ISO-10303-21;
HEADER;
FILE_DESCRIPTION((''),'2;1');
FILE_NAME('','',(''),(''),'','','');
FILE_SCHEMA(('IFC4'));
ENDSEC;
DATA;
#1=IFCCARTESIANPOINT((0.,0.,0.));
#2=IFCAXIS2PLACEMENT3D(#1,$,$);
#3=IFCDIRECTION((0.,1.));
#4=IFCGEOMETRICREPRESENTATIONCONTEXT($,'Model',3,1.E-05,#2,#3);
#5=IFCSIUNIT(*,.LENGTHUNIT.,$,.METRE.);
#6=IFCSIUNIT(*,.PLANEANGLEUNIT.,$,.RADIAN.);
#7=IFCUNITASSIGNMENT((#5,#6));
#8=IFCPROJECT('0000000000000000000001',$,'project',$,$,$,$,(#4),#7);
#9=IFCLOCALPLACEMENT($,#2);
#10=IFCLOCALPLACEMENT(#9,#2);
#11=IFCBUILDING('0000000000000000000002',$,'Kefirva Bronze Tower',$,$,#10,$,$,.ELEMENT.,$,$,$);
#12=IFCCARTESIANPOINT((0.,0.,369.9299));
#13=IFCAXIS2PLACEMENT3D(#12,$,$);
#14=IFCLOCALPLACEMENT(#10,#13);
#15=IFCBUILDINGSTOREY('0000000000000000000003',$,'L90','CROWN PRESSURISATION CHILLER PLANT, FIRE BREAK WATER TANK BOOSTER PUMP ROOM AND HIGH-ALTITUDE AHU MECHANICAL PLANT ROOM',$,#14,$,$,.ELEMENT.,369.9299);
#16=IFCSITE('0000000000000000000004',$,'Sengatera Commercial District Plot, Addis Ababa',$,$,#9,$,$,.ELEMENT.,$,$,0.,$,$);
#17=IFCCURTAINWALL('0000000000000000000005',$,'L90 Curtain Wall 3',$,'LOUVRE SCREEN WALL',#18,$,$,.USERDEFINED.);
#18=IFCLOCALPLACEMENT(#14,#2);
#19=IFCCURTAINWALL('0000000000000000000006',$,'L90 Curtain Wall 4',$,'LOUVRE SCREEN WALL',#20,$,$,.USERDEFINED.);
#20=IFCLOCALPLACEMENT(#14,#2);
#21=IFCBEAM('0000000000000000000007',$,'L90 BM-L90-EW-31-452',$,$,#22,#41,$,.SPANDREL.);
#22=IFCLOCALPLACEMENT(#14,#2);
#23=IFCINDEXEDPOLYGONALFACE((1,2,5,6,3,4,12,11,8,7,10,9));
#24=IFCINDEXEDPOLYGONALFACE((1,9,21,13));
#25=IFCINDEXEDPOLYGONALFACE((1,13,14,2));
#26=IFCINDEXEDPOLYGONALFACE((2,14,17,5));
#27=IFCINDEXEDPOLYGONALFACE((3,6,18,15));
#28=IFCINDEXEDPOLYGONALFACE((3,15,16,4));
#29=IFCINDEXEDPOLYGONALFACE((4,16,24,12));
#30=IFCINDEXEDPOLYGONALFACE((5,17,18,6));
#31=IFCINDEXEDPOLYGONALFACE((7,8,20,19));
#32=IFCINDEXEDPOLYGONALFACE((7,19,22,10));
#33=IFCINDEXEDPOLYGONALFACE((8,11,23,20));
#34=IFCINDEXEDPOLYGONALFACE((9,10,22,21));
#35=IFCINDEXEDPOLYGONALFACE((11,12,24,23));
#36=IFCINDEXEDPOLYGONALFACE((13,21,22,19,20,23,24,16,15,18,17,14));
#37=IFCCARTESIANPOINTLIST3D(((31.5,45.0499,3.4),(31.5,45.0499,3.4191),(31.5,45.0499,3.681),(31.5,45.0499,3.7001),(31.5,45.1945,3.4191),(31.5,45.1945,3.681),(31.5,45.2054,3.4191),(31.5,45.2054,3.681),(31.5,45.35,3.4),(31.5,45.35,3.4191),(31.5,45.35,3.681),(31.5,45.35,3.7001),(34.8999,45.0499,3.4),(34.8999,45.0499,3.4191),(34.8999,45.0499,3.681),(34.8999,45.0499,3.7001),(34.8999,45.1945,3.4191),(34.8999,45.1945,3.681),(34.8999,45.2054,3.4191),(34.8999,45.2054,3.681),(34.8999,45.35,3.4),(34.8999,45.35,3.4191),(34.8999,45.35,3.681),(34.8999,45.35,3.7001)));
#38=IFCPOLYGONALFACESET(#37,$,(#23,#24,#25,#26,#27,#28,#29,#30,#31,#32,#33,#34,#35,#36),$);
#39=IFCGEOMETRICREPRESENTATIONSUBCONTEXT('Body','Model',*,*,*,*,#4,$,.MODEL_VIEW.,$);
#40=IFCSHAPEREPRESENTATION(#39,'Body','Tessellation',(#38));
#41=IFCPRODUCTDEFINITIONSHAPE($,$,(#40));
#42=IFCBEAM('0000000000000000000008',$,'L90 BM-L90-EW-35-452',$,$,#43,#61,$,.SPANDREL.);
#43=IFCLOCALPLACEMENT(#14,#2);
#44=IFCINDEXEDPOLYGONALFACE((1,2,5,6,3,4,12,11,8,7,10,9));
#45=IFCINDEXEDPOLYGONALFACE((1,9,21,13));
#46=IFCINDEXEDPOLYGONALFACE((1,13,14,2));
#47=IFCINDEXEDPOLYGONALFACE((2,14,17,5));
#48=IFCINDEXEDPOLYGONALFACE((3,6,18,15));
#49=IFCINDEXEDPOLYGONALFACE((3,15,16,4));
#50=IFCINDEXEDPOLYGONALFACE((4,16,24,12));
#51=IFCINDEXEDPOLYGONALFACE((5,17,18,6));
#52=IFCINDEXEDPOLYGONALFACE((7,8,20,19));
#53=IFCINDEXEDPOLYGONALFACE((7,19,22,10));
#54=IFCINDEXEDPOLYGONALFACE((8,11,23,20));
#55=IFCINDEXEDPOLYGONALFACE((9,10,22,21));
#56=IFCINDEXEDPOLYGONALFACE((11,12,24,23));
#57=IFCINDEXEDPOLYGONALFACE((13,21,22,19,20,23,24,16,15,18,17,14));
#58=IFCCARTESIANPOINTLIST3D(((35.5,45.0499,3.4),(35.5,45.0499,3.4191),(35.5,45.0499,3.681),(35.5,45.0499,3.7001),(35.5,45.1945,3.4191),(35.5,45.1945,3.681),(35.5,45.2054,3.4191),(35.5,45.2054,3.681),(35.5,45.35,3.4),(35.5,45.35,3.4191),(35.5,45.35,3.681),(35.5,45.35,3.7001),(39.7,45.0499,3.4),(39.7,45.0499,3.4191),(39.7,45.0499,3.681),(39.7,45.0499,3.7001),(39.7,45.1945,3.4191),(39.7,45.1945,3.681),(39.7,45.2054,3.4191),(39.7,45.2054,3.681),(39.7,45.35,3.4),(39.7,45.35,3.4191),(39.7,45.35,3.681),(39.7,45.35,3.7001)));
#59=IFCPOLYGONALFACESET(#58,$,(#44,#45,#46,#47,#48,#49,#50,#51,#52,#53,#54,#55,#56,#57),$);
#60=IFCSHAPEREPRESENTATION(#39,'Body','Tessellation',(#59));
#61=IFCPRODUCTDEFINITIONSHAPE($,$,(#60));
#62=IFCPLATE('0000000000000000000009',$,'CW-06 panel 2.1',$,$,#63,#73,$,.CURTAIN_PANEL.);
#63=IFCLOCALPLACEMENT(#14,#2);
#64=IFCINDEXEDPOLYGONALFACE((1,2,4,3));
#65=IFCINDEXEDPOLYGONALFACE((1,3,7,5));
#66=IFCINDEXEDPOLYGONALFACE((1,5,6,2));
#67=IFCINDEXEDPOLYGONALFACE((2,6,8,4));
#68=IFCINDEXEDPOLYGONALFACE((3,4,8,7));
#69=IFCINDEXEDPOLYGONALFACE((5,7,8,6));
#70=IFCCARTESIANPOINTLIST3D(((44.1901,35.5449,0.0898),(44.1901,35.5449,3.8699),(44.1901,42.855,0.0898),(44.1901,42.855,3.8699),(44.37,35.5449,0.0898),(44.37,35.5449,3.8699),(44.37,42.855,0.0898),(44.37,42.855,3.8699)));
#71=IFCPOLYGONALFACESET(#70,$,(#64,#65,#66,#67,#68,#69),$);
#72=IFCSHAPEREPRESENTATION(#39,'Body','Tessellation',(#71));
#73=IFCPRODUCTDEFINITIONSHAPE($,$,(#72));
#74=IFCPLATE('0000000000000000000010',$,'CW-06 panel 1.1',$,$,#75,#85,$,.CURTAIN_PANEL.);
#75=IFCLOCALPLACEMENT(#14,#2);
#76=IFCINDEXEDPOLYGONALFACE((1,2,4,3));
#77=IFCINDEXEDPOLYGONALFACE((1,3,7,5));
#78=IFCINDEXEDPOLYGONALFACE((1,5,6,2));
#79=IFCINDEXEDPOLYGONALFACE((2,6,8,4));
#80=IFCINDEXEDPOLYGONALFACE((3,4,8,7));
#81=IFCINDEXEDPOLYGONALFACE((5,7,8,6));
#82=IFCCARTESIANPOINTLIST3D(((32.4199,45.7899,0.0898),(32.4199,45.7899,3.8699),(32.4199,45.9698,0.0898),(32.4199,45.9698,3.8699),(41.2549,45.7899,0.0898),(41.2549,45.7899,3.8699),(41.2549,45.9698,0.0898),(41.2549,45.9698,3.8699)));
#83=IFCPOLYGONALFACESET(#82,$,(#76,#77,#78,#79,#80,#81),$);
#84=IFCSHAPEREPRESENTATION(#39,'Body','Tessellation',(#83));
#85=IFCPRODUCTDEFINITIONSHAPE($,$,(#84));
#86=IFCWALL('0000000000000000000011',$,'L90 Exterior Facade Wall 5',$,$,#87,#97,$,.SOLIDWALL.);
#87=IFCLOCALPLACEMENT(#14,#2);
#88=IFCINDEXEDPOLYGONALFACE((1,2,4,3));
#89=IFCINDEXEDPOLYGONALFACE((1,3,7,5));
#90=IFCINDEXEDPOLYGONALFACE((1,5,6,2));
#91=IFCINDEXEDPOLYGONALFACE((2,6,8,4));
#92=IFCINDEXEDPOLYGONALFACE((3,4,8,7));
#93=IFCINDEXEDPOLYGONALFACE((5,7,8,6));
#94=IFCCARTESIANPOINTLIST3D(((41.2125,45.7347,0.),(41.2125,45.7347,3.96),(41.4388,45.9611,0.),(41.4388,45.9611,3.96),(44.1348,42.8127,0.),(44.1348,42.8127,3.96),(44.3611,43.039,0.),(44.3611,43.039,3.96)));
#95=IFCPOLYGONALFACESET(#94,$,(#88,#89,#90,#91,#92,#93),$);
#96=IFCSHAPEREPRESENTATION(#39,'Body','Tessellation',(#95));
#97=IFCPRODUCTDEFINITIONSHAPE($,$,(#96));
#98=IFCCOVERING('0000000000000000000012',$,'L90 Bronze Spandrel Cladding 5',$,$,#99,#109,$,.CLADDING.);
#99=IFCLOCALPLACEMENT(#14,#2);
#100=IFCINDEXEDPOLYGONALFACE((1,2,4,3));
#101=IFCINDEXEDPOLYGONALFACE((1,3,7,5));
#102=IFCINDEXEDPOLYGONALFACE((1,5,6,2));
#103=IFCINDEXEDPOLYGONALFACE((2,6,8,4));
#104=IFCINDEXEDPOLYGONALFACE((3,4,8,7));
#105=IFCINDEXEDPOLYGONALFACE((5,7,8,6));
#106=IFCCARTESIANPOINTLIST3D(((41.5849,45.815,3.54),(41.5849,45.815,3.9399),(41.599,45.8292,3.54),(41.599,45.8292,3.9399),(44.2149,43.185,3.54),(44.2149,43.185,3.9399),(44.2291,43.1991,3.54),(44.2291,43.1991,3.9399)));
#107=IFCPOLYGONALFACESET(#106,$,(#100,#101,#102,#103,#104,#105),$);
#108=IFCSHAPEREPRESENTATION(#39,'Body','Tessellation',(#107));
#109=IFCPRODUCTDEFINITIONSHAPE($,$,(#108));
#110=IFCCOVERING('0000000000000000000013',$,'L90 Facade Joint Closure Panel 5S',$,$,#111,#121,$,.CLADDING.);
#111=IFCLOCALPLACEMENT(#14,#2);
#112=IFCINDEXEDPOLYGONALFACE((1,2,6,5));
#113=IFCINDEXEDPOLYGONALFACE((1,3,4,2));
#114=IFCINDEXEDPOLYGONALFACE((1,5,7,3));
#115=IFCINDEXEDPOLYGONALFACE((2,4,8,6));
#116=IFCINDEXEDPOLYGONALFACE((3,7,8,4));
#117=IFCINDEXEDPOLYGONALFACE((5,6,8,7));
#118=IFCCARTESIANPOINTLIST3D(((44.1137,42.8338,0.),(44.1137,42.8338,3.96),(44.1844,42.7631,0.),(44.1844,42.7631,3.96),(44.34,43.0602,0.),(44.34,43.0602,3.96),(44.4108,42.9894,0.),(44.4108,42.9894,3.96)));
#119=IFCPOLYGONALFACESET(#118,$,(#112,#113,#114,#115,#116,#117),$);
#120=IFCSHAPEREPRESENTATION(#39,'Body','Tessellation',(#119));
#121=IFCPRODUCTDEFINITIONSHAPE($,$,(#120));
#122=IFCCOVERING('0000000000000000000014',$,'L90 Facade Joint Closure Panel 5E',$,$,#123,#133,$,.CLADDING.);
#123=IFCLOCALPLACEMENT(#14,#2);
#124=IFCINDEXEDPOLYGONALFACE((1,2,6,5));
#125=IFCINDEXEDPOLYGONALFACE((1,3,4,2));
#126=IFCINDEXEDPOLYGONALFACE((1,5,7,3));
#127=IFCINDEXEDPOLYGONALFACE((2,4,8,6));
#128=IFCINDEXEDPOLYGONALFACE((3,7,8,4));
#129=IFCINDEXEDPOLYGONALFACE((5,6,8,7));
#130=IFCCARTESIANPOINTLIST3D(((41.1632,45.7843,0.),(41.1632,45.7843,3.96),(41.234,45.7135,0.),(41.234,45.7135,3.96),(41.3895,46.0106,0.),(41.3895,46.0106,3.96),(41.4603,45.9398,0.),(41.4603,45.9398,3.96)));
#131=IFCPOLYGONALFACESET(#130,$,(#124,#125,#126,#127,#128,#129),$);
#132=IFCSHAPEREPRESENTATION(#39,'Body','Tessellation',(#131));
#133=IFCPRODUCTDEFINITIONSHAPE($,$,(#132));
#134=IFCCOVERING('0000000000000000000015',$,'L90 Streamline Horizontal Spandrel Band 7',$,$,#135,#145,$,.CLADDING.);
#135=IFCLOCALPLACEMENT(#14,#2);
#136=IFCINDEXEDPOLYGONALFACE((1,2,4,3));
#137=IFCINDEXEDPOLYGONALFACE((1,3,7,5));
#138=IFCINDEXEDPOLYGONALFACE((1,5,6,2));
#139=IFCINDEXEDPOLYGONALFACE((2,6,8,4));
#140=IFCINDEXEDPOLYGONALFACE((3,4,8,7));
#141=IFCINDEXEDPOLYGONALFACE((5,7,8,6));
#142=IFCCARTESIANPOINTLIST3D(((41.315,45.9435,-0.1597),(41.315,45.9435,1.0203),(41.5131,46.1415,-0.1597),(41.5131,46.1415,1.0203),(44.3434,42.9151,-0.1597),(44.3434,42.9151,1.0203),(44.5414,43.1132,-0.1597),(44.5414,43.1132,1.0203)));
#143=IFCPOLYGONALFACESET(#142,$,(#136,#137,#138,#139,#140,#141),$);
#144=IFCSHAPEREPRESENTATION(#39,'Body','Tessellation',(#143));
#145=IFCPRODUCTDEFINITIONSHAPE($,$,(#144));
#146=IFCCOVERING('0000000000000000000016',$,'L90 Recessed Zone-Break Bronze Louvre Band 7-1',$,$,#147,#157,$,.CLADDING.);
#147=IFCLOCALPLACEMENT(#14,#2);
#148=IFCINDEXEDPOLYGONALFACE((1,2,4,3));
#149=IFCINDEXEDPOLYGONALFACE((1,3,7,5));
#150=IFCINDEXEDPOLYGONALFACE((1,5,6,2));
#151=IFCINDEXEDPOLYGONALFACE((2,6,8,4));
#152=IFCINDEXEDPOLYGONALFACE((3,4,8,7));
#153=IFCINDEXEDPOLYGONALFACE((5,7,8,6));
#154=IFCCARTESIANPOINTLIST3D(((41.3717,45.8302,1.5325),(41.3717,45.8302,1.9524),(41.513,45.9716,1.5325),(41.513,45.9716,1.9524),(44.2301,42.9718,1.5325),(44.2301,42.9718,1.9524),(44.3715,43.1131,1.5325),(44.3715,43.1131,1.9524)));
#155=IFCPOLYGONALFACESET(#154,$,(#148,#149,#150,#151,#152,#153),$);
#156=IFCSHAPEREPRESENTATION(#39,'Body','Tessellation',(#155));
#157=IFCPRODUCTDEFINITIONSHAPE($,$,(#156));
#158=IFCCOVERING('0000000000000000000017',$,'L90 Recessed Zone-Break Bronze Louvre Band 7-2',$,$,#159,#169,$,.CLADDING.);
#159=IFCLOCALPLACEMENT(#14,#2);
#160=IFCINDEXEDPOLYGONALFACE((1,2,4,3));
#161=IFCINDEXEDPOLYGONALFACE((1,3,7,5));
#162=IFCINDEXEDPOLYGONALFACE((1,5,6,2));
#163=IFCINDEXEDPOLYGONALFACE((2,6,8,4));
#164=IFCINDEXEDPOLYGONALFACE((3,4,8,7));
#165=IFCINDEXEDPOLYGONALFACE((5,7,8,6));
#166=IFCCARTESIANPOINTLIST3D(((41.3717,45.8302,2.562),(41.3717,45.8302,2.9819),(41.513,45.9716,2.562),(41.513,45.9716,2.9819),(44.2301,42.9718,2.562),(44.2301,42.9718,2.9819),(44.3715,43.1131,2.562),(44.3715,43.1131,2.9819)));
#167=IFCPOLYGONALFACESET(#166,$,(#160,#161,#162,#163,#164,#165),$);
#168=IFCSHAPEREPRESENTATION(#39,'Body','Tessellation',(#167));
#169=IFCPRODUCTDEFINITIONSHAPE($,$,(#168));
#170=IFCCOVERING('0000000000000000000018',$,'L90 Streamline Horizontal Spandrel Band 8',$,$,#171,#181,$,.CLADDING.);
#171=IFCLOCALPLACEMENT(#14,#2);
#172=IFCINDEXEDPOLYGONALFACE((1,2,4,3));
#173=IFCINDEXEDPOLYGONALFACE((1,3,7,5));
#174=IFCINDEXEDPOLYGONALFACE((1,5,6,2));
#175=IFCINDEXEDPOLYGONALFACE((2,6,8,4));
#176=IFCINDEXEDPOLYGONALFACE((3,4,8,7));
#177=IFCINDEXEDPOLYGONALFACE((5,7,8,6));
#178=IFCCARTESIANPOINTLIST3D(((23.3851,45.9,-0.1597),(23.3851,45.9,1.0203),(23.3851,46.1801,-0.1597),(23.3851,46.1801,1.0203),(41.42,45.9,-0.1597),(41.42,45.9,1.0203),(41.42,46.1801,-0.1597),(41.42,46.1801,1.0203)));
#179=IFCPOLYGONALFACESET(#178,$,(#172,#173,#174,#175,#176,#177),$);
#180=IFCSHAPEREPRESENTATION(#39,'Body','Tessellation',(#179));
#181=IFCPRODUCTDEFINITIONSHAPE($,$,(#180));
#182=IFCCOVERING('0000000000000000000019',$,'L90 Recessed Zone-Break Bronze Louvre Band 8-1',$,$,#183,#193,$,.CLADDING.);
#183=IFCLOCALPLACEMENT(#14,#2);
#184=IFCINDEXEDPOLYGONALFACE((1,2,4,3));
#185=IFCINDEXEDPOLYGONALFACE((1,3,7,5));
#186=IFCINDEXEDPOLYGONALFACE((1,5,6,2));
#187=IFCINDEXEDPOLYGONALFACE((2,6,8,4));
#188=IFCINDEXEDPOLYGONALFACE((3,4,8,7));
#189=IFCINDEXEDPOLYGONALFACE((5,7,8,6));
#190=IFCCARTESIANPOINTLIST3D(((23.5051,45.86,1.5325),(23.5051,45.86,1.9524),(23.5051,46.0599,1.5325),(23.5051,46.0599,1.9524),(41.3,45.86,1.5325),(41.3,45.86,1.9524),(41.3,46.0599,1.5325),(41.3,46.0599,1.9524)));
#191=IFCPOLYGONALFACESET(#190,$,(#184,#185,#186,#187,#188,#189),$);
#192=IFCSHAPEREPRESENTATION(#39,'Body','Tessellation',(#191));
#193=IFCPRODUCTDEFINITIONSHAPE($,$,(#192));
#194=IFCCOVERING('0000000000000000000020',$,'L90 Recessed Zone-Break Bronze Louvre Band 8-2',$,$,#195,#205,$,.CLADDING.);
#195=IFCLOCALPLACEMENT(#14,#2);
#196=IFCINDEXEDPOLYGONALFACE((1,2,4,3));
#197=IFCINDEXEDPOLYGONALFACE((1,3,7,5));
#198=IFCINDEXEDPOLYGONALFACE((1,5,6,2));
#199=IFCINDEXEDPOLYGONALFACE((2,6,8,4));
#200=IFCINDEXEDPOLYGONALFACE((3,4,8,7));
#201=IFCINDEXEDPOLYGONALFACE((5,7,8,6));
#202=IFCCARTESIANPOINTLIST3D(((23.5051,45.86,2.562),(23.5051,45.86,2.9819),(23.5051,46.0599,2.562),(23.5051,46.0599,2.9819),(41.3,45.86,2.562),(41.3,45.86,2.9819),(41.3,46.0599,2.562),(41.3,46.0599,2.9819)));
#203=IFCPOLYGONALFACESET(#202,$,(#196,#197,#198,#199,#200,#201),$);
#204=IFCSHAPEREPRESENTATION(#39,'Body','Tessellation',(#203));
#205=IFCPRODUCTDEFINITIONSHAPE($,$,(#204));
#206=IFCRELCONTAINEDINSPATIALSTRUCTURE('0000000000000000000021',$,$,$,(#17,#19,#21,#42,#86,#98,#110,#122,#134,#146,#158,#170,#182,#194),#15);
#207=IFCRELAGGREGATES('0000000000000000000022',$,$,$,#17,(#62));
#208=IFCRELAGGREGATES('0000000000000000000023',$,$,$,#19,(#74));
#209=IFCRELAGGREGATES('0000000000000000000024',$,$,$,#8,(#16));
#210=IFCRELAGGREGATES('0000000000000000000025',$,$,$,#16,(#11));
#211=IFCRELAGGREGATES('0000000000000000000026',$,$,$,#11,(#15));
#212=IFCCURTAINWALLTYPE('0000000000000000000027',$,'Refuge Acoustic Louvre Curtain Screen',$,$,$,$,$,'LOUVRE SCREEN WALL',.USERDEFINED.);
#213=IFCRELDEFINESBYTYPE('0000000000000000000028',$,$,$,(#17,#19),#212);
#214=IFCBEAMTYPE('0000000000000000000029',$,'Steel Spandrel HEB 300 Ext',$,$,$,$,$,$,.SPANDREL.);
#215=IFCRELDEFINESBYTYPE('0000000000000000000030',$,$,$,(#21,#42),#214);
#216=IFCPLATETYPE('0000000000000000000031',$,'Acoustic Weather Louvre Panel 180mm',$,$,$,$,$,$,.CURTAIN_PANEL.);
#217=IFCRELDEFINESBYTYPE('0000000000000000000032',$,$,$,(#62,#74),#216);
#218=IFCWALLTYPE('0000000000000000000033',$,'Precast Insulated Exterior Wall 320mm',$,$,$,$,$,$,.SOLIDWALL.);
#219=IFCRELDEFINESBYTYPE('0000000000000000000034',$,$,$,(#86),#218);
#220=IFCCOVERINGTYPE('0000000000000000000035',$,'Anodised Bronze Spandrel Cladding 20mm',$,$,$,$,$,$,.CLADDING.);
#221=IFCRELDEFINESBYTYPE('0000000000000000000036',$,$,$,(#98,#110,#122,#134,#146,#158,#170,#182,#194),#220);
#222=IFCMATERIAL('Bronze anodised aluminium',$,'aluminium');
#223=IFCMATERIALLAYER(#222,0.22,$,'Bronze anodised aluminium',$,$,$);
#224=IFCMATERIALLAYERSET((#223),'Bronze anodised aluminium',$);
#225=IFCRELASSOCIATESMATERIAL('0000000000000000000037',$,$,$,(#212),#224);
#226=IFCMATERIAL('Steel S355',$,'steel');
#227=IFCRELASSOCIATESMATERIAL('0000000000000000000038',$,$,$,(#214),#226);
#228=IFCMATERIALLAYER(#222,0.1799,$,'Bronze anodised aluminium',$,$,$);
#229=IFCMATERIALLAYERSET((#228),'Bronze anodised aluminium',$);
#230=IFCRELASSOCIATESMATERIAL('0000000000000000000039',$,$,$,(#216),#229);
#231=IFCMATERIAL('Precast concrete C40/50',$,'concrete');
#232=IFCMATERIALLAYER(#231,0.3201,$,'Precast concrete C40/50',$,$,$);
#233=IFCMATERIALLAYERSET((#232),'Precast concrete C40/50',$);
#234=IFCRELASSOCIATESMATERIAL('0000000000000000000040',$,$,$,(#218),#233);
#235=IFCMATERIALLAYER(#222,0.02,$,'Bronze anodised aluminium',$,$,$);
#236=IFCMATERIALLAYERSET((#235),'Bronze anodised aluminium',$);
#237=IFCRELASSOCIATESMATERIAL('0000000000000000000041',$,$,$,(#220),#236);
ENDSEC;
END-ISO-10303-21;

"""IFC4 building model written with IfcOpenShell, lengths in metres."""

from ifc_helpers import new_model, si_unit, direction, frame, frame_2d, origin, origin_2d, place, context, subcontext, project, spatial, rectangle, i_section, extrude, material, layer, layer_set, material_profile, profile_set, type_object, element, aggregate, save


model = new_model("IFC4")

# Units and contexts
model_context = context("Model", 3, precision=1e-05, world=origin(), true_north=direction((0.0, 1.0)))
body_context = subcontext(model_context, "Body", "Model", "MODEL_VIEW")
ifc_project = project(units=[si_unit("LENGTHUNIT", "METRE"), si_unit("PLANEANGLEUNIT", "RADIAN")], contexts=[model_context])

# Site, building, storey
site_placement = place(None, origin())
site = spatial("IfcSite", under=ifc_project, at=site_placement, Name="Sengatera Commercial District Plot, Addis Ababa", CompositionType="ELEMENT", RefElevation=0.0)
building_placement = place(site_placement, origin())
building = spatial("IfcBuilding", under=site, at=building_placement, Name="Kefirva Bronze Tower", CompositionType="ELEMENT")
storey_placement = place(building_placement, frame((0.0, 0.0, 369.9299)))
storey = spatial("IfcBuildingStorey", under=building, at=storey_placement, Name="L90", Description="CROWN PRESSURISATION CHILLER PLANT, FIRE BREAK WATER TANK BOOSTER PUMP ROOM AND HIGH-ALTITUDE AHU MECHANICAL PLANT ROOM", CompositionType="ELEMENT", Elevation=369.9299)

# Curtain wall
ifc_material_1 = material(Name="Bronze anodised aluminium", Category="aluminium")
ifc_layer_1 = layer(ifc_material_1, 0.22, Name="Bronze anodised aluminium")
ifc_layer_set_1 = layer_set([ifc_layer_1], Name="Bronze anodised aluminium")
curtain_wall_type = type_object("IfcCurtainWallType", Name="Refuge Acoustic Louvre Curtain Screen", ElementType="LOUVRE SCREEN WALL", PredefinedType="USERDEFINED", material=ifc_layer_set_1)
curtain_wall_1_placement = place(storey_placement, origin())
curtain_wall_1 = element("IfcCurtainWall", 1, at=curtain_wall_1_placement, inside=storey, type_object=curtain_wall_type, Name="L90 Curtain Wall 3", ObjectType="LOUVRE SCREEN WALL", PredefinedType="USERDEFINED")

# Curtain wall
curtain_wall_2_placement = place(storey_placement, origin())
curtain_wall_2 = element("IfcCurtainWall", 2, at=curtain_wall_2_placement, inside=storey, type_object=curtain_wall_type, Name="L90 Curtain Wall 4", ObjectType="LOUVRE SCREEN WALL", PredefinedType="USERDEFINED")

# Beams
ifc_material_2 = material(Name="Steel S355", Category="steel")
ifc_material_profile_1 = material_profile(ifc_material_2, i_section(OverallWidth=0.3, OverallDepth=0.3, WebThickness=0.011, FlangeThickness=0.019, at=origin_2d()), Name="HEB 300")
ifc_profile_set_1 = profile_set([ifc_material_profile_1], Name="Steel S355")
beam_type_1 = type_object("IfcBeamType", Name="Steel Spandrel HEB 300 Ext", PredefinedType="SPANDREL", material=ifc_profile_set_1)
beam_1_placement = place(storey_placement, frame((31.5, 45.2, 3.55), z_axis=(1.0, 0.0, 0.0), x_axis=(0.0, 1.0, 0.0)))
element("IfcBeam", 3, at=beam_1_placement, inside=storey, type_object=beam_type_1, Name="L90 BM-L90-EW-31-452", PredefinedType="SPANDREL", context=body_context, shape_type="SweptSolid", body=[
    extrude(i_section(OverallWidth=0.3, OverallDepth=0.3, WebThickness=0.011, FlangeThickness=0.019, at=origin_2d()), origin(), (0.0, 0.0, 1.0), 3.3999),
])
beam_2_placement = place(storey_placement, frame((35.5, 45.2, 3.55), z_axis=(1.0, 0.0, 0.0), x_axis=(0.0, 1.0, 0.0)))
element("IfcBeam", 4, at=beam_2_placement, inside=storey, type_object=beam_type_1, Name="L90 BM-L90-EW-35-452", PredefinedType="SPANDREL", context=body_context, shape_type="SweptSolid", body=[
    extrude(i_section(OverallWidth=0.3, OverallDepth=0.3, WebThickness=0.011, FlangeThickness=0.019, at=origin_2d()), origin(), (0.0, 0.0, 1.0), 4.2),
])

# Plates
ifc_layer_2 = layer(ifc_material_1, 0.1799, Name="Bronze anodised aluminium")
ifc_layer_set_2 = layer_set([ifc_layer_2], Name="Bronze anodised aluminium")
plate_type = type_object("IfcPlateType", Name="Acoustic Weather Louvre Panel 180mm", PredefinedType="CURTAIN_PANEL", material=ifc_layer_set_2)
plate_1_placement = place(storey_placement, frame((44.28, 39.2, 0.0898), z_axis=(0.0, 0.0, 1.0), x_axis=(0.0, 1.0, 0.0)))
plate_1 = element("IfcPlate", 5, at=plate_1_placement, type_object=plate_type, Name="CW-06 panel 2.1", PredefinedType="CURTAIN_PANEL", context=body_context, shape_type="SweptSolid", body=[
    extrude(rectangle(XDim=7.3101, YDim=0.1799, at=origin_2d()), origin(), (0.0, 0.0, 1.0), 3.78),
])
aggregate(curtain_wall_1, [plate_1])
plate_2_placement = place(storey_placement, frame((36.8374, 45.8799, 0.0898), z_axis=(0.0, 0.0, 1.0), x_axis=(-1.0, 0.0, 0.0)))
plate_2 = element("IfcPlate", 6, at=plate_2_placement, type_object=plate_type, Name="CW-06 panel 1.1", PredefinedType="CURTAIN_PANEL", context=body_context, shape_type="SweptSolid", body=[
    extrude(rectangle(XDim=8.835, YDim=0.1799, at=origin_2d()), origin(), (0.0, 0.0, 1.0), 3.78),
])
aggregate(curtain_wall_2, [plate_2])

# Wall
ifc_material_3 = material(Name="Precast concrete C40/50", Category="concrete")
ifc_layer_3 = layer(ifc_material_3, 0.3201, Name="Precast concrete C40/50")
ifc_layer_set_3 = layer_set([ifc_layer_3], Name="Precast concrete C40/50")
wall_type = type_object("IfcWallType", Name="Precast Insulated Exterior Wall 320mm", PredefinedType="SOLIDWALL", material=ifc_layer_set_3)
wall_placement = place(storey_placement, frame((44.248, 42.9258, 0.0), z_axis=(0.0, 0.0, 1.0), x_axis=(-0.707136, 0.707077, 0.0)))
element("IfcWall", 7, at=wall_placement, inside=storey, type_object=wall_type, Name="L90 Exterior Facade Wall 5", PredefinedType="SOLIDWALL", context=body_context, shape_type="SweptSolid", body=[
    extrude(rectangle(XDim=4.1326, YDim=0.3201, at=frame_2d((2.0664, 0.0))), origin(), (0.0, 0.0, 1.0), 3.96),
])

# Coverings
ifc_layer_4 = layer(ifc_material_1, 0.02, Name="Bronze anodised aluminium")
ifc_layer_set_4 = layer_set([ifc_layer_4], Name="Bronze anodised aluminium")
covering_type_1 = type_object("IfcCoveringType", Name="Anodised Bronze Spandrel Cladding 20mm", PredefinedType="CLADDING", material=ifc_layer_set_4)
covering_1_placement = place(storey_placement, frame((42.907, 44.5071, 3.54), z_axis=(0.0, 0.0, 1.0), x_axis=(-0.707107, 0.707107, 0.0)))
element("IfcCovering", 8, at=covering_1_placement, inside=storey, type_object=covering_type_1, Name="L90 Bronze Spandrel Cladding 5", PredefinedType="CLADDING", context=body_context, shape_type="SweptSolid", body=[
    extrude(rectangle(XDim=3.7195, YDim=0.02, at=origin_2d()), origin(), (0.0, 0.0, 1.0), 0.3999),
])
for number, where, z_axis, x_axis, name in (
    (9, (44.2622, 42.9116, 0.0), (0.0, 0.0, 1.0), (-0.707107, 0.707107, 0.0), "L90 Facade Joint Closure Panel 5S"),
    (10, (41.3118, 45.8621, 0.0), (0.0, 0.0, 1.0), (-0.707107, 0.707107, 0.0), "L90 Facade Joint Closure Panel 5E"),
):
    element("IfcCovering", number, at=place(storey_placement, frame(where, z_axis=z_axis, x_axis=x_axis)), inside=storey, type_object=covering_type_1, Name=name, PredefinedType="CLADDING", context=body_context, shape_type="SweptSolid", body=[
        extrude(rectangle(XDim=0.1001, YDim=0.3201, at=origin_2d()), origin(), (0.0, 0.0, 1.0), 3.96),
    ])
covering_2_placement = place(storey_placement, frame((42.9282, 44.5283, -0.1597), z_axis=(0.0, 0.0, 1.0), x_axis=(-0.707107, 0.707107, 0.0)))
element("IfcCovering", 11, at=covering_2_placement, inside=storey, type_object=covering_type_1, Name="L90 Streamline Horizontal Spandrel Band 7", PredefinedType="CLADDING", context=body_context, shape_type="SweptSolid", body=[
    extrude(rectangle(XDim=4.2827, YDim=0.28, at=origin_2d()), origin(), (0.0, 0.0, 1.0), 1.1799),
])
for number, where, z_axis, x_axis, name in (
    (12, (42.8716, 44.4717, 1.5325), (0.0, 0.0, 1.0), (-0.707107, 0.707107, 0.0), "L90 Recessed Zone-Break Bronze Louvre Band 7-1"),
    (13, (42.8716, 44.4717, 2.562), (0.0, 0.0, 1.0), (-0.707107, 0.707107, 0.0), "L90 Recessed Zone-Break Bronze Louvre Band 7-2"),
):
    element("IfcCovering", number, at=place(storey_placement, frame(where, z_axis=z_axis, x_axis=x_axis)), inside=storey, type_object=covering_type_1, Name=name, PredefinedType="CLADDING", context=body_context, shape_type="SweptSolid", body=[
        extrude(rectangle(XDim=4.0425, YDim=0.2, at=origin_2d()), origin(), (0.0, 0.0, 1.0), 0.4199),
    ])
covering_3_placement = place(storey_placement, frame((32.4026, 46.04, -0.1597), z_axis=(0.0, 0.0, 1.0), x_axis=(-1.0, 0.0, 0.0)))
element("IfcCovering", 14, at=covering_3_placement, inside=storey, type_object=covering_type_1, Name="L90 Streamline Horizontal Spandrel Band 8", PredefinedType="CLADDING", context=body_context, shape_type="SweptSolid", body=[
    extrude(rectangle(XDim=18.0349, YDim=0.28, at=origin_2d()), origin(), (0.0, 0.0, 1.0), 1.1799),
])
for number, where, z_axis, x_axis, name in (
    (15, (32.4026, 45.96, 1.5325), (0.0, 0.0, 1.0), (-1.0, 0.0, 0.0), "L90 Recessed Zone-Break Bronze Louvre Band 8-1"),
    (16, (32.4026, 45.96, 2.562), (0.0, 0.0, 1.0), (-1.0, 0.0, 0.0), "L90 Recessed Zone-Break Bronze Louvre Band 8-2"),
):
    element("IfcCovering", number, at=place(storey_placement, frame(where, z_axis=z_axis, x_axis=x_axis)), inside=storey, type_object=covering_type_1, Name=name, PredefinedType="CLADDING", context=body_context, shape_type="SweptSolid", body=[
        extrude(rectangle(XDim=17.7949, YDim=0.2, at=origin_2d()), origin(), (0.0, 0.0, 1.0), 0.4199),
    ])

save(model, "model.ifc")
